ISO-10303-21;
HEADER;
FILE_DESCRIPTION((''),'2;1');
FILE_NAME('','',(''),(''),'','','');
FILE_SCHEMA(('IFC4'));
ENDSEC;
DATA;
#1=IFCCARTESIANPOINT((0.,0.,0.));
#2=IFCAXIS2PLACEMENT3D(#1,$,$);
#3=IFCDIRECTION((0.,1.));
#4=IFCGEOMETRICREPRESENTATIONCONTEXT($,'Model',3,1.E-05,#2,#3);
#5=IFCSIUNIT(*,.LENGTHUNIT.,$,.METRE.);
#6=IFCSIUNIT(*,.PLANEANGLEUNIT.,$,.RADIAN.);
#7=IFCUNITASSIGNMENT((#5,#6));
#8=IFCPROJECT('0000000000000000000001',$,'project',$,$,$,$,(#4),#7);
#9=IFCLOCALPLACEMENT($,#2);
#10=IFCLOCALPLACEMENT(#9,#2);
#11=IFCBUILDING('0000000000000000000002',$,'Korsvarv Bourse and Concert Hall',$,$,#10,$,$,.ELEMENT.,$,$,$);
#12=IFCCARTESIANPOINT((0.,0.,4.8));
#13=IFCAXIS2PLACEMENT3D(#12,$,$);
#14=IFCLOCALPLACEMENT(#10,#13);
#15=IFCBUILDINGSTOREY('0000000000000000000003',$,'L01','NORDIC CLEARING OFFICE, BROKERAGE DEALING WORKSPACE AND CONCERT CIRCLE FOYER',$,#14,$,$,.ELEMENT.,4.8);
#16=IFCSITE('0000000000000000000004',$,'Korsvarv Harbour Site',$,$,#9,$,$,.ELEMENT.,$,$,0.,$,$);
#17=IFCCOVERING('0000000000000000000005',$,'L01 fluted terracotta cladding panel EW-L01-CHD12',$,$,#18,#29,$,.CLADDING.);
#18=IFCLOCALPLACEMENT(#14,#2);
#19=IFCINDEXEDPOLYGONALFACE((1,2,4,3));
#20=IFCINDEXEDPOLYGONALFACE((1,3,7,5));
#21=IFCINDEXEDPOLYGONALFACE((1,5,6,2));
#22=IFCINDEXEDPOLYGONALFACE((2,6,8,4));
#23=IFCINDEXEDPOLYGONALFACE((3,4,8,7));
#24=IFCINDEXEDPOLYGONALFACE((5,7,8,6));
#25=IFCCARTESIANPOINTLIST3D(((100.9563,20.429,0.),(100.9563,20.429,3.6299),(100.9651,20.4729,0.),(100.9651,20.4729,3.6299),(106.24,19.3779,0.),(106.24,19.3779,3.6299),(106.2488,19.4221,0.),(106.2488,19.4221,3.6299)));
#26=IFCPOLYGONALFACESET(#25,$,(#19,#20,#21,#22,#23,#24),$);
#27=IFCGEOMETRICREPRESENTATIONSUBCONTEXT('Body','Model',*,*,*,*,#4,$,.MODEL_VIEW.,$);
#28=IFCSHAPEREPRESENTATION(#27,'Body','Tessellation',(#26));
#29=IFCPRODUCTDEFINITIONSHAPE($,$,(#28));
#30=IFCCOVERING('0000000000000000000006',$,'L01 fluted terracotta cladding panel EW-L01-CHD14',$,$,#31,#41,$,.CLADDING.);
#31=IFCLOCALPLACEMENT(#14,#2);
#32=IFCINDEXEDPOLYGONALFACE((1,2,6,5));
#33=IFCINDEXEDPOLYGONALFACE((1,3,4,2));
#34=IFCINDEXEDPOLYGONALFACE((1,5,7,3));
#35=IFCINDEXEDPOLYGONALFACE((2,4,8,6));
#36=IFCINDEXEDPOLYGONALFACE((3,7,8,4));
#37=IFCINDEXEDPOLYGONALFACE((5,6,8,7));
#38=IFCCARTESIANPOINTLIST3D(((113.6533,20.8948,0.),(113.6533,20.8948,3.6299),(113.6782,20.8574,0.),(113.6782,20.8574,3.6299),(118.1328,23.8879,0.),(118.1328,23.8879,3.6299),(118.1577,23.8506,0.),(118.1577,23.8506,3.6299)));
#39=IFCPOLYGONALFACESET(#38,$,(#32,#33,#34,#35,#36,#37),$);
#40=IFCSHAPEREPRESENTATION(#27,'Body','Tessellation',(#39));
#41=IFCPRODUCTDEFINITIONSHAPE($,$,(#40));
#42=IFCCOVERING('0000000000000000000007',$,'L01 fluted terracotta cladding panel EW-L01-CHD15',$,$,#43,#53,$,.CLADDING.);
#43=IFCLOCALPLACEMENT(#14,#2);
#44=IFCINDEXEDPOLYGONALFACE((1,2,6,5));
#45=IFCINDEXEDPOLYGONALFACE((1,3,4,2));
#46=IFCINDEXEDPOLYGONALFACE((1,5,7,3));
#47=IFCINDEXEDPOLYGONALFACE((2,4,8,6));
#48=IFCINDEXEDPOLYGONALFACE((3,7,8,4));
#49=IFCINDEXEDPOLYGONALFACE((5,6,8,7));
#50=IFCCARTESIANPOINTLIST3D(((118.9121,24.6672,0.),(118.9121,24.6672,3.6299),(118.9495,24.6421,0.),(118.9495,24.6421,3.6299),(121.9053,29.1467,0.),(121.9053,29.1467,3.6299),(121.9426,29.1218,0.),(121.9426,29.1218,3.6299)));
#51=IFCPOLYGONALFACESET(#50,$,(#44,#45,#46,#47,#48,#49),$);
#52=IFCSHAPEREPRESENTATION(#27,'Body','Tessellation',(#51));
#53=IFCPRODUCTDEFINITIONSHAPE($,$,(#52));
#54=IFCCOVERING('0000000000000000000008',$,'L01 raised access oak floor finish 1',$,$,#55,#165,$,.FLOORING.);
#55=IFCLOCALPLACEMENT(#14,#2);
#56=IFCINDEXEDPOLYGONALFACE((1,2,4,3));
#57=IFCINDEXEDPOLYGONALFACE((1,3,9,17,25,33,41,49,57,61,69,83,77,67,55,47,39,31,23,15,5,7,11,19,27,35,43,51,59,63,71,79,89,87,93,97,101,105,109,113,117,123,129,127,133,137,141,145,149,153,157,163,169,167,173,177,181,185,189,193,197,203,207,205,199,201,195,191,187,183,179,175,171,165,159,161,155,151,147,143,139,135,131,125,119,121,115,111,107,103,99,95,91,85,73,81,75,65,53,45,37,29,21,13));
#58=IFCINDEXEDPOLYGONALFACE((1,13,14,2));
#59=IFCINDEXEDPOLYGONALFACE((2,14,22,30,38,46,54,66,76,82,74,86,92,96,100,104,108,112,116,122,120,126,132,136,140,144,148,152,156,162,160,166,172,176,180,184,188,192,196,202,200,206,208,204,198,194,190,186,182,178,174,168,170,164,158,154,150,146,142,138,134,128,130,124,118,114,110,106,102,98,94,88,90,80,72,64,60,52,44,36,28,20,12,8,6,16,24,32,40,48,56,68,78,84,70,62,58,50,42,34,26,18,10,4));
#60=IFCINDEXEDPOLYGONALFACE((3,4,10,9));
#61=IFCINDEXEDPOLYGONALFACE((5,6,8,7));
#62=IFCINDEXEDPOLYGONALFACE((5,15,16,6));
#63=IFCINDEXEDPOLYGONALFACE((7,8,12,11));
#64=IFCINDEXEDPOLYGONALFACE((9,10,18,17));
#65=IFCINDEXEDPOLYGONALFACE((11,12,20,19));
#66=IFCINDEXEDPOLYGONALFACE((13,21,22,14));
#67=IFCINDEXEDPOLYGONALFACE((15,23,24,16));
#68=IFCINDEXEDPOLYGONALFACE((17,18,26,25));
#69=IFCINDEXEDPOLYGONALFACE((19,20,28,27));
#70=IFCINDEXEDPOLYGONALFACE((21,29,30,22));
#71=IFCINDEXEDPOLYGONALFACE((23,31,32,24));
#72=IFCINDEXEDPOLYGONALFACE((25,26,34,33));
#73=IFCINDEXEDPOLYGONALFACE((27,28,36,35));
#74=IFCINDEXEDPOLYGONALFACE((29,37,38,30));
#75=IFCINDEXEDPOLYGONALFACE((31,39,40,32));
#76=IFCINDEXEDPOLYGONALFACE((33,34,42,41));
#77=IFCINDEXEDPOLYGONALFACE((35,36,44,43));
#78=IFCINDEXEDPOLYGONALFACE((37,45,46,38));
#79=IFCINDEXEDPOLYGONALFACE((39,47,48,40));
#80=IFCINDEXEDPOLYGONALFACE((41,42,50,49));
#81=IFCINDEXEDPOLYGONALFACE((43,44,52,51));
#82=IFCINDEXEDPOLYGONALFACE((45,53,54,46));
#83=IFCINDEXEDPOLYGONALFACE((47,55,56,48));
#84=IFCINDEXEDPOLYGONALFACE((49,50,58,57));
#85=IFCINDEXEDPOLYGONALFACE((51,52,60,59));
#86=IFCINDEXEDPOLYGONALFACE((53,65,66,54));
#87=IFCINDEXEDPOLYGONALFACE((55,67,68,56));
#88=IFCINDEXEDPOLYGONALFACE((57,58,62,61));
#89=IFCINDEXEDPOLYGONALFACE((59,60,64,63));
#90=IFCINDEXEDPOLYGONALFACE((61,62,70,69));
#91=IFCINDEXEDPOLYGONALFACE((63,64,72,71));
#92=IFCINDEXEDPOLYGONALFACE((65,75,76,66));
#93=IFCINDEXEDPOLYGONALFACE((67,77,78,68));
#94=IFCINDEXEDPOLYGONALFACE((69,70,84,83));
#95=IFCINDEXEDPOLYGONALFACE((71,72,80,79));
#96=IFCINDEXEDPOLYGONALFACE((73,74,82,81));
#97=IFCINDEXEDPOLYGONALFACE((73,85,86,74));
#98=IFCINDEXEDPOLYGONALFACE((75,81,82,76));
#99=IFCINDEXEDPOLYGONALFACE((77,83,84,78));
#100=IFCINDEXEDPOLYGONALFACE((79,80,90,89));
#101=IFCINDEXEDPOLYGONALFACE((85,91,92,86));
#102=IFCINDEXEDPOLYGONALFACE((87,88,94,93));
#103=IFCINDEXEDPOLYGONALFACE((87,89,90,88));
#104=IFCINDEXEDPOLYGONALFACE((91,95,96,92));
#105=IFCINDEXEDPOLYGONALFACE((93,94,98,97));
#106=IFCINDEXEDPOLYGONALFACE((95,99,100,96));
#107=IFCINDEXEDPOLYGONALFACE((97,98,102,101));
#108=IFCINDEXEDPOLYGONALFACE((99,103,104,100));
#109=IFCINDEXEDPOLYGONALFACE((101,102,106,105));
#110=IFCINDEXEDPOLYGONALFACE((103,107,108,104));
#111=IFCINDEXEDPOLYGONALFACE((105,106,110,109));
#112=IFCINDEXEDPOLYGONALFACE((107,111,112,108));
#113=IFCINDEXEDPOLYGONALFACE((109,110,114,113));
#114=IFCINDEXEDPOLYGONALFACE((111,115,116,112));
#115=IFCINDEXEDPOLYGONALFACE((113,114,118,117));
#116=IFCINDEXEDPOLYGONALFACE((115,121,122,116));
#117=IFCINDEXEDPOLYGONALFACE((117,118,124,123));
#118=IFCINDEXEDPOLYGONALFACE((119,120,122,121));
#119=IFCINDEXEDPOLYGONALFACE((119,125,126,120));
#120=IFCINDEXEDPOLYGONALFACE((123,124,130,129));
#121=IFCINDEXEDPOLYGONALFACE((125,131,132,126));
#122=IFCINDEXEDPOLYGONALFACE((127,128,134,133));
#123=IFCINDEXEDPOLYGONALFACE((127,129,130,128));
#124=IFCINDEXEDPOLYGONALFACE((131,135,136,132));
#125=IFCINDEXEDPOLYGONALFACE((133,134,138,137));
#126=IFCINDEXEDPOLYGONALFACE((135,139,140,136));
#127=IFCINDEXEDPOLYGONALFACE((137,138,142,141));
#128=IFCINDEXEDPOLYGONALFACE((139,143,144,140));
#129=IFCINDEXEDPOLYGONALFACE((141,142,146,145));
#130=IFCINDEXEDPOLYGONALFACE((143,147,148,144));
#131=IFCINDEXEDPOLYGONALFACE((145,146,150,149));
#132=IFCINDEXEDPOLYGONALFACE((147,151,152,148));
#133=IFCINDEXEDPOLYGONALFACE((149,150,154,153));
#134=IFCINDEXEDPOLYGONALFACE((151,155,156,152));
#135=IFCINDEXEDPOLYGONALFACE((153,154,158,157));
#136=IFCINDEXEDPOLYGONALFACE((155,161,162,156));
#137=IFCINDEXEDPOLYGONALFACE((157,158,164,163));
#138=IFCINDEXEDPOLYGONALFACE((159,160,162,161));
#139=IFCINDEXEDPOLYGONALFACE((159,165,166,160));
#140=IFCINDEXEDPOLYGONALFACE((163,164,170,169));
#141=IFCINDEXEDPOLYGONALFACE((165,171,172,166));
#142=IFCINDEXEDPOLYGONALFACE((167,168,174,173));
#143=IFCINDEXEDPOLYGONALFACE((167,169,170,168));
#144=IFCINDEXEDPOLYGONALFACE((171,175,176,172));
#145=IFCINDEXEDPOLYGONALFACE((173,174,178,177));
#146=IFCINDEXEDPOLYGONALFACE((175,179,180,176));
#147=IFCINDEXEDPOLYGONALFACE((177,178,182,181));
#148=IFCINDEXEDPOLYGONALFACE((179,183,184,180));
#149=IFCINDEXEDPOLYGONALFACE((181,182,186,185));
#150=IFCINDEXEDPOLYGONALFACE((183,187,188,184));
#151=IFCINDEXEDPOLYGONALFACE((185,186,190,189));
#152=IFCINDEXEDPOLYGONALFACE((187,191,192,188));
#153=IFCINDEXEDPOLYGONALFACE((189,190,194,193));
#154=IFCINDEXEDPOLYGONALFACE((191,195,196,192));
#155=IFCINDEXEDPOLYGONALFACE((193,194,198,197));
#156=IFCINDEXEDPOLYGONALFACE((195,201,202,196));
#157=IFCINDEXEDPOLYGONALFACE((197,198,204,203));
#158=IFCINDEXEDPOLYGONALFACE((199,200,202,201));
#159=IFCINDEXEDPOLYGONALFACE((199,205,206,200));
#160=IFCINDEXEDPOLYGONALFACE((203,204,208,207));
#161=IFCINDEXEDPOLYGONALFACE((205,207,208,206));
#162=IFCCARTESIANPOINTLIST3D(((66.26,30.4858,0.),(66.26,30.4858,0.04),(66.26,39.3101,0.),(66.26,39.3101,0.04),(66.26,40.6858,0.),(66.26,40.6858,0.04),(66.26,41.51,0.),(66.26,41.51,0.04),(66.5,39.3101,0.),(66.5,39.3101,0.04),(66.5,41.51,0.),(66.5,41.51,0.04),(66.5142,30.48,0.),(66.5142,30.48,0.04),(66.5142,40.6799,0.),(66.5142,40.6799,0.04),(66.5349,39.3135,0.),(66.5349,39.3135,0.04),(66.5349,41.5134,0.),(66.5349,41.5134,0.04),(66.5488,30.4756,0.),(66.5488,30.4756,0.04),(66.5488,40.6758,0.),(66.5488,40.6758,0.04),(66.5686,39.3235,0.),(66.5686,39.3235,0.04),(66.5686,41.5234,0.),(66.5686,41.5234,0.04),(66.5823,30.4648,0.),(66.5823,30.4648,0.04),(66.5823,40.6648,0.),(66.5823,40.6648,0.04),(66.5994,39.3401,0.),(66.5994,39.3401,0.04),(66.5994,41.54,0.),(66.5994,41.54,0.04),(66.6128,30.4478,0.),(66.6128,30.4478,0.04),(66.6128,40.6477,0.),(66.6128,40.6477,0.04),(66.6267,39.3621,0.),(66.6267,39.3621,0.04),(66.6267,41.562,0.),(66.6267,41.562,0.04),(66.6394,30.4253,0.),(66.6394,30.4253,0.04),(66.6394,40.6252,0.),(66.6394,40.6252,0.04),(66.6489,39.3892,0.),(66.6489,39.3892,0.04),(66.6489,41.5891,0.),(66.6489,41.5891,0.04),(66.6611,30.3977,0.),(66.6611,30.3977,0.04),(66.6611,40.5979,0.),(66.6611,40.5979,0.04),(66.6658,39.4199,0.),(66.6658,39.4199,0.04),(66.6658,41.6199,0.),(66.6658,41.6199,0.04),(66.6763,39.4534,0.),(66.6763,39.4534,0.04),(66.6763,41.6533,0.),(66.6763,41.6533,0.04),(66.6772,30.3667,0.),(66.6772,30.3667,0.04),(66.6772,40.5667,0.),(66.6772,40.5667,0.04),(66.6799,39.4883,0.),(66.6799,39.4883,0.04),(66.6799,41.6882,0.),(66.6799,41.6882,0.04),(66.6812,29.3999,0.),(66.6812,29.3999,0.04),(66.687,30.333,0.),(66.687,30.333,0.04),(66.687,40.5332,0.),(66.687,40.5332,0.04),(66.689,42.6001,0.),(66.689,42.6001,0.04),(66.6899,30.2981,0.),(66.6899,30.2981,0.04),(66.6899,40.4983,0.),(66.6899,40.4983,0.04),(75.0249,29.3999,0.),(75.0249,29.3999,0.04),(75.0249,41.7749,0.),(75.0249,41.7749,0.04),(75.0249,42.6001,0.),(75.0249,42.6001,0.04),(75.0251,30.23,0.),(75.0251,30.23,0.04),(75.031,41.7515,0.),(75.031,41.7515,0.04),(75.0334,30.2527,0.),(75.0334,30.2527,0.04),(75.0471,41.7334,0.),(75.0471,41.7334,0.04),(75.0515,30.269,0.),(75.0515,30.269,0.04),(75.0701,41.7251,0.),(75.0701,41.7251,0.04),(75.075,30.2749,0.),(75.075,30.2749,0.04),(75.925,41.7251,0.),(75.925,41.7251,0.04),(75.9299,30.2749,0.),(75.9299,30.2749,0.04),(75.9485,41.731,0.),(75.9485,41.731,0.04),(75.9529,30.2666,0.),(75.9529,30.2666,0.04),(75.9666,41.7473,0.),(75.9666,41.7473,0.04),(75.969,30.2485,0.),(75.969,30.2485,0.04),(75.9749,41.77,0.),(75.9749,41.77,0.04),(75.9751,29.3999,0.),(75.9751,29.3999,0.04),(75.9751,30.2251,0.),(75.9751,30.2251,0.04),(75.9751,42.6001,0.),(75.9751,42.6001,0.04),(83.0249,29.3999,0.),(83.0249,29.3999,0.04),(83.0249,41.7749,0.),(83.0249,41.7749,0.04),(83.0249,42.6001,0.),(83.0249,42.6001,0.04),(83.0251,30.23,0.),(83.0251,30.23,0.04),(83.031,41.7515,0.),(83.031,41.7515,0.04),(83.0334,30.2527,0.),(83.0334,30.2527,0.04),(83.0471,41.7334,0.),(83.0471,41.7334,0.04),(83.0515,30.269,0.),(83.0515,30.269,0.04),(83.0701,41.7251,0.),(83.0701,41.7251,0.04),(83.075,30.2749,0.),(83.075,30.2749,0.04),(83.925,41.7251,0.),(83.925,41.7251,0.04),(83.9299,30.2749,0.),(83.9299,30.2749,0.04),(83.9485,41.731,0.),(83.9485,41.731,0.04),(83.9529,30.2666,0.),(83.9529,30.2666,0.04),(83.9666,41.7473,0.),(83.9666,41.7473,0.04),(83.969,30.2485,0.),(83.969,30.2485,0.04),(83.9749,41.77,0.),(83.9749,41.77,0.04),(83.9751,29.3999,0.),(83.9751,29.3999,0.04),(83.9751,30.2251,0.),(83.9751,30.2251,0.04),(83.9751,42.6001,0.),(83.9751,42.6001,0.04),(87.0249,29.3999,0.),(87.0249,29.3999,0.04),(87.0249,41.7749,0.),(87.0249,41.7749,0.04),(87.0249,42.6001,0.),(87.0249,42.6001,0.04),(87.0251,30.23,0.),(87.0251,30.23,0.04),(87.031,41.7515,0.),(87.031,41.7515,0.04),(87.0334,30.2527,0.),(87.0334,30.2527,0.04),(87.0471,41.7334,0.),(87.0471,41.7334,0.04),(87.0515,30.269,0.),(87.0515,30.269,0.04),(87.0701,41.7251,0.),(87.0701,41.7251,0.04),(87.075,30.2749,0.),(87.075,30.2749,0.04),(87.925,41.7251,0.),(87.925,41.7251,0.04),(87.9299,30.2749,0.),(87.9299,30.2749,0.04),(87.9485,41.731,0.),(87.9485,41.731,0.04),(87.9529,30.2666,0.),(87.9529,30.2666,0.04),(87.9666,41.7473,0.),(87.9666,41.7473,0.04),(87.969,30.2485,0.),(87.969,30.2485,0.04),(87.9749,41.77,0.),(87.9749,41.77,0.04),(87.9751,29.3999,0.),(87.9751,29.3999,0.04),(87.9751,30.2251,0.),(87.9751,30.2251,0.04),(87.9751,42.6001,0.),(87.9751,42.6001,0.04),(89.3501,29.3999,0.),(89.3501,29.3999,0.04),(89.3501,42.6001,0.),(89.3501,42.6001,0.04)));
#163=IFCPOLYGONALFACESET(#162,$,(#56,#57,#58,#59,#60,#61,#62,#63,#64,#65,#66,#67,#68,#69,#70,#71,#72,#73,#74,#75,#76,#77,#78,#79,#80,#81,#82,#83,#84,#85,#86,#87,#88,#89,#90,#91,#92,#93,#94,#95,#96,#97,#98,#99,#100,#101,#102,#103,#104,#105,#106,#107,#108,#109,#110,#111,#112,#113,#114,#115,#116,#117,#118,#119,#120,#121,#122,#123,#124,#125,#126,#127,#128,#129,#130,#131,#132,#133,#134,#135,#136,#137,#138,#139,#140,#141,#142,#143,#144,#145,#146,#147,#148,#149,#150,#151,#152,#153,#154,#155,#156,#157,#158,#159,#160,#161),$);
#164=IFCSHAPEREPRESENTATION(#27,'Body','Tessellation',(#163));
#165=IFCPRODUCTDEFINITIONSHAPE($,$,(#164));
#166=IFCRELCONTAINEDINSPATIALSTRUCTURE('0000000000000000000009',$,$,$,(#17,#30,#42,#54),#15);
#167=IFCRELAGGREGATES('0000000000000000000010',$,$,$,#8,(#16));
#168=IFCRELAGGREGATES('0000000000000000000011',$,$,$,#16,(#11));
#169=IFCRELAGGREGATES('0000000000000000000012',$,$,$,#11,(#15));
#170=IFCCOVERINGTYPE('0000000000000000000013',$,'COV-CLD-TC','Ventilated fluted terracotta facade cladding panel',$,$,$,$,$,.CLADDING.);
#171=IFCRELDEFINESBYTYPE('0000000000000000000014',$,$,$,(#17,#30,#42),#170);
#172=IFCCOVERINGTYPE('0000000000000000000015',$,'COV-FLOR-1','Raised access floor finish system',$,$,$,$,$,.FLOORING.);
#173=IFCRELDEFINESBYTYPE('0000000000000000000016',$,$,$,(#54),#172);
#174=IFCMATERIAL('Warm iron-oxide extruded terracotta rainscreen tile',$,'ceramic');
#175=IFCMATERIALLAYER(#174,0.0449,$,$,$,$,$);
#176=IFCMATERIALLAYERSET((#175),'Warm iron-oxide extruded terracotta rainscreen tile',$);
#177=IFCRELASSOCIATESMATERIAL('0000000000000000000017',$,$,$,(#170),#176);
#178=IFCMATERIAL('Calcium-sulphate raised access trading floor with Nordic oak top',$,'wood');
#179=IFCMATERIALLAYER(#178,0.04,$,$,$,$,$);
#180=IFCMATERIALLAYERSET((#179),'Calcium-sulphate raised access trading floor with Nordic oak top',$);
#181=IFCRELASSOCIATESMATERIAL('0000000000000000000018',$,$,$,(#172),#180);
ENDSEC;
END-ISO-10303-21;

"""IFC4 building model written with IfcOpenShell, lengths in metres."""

from ifc_helpers import new_model, si_unit, direction, frame, origin, place, context, subcontext, project, spatial, polyline, outline, extrude, material, layer, layer_set, type_object, element, save


model = new_model("IFC4")

# Units and contexts
model_context = context("Model", 3, precision=1e-05, world=origin(), true_north=direction((0.0, 1.0)))
body_context = subcontext(model_context, "Body", "Model", "MODEL_VIEW")
ifc_project = project(units=[si_unit("LENGTHUNIT", "METRE"), si_unit("PLANEANGLEUNIT", "RADIAN")], contexts=[model_context])

# Site, building, storey
site_placement = place(None, origin())
site = spatial("IfcSite", under=ifc_project, at=site_placement, Name="Korsvarv Harbour Site", CompositionType="ELEMENT", RefElevation=0.0)
building_placement = place(site_placement, origin())
building = spatial("IfcBuilding", under=site, at=building_placement, Name="Korsvarv Bourse and Concert Hall", CompositionType="ELEMENT")
storey_placement = place(building_placement, frame((0.0, 0.0, 4.8)))
storey = spatial("IfcBuildingStorey", under=building, at=storey_placement, Name="L01", Description="NORDIC CLEARING OFFICE, BROKERAGE DEALING WORKSPACE AND CONCERT CIRCLE FOYER", CompositionType="ELEMENT", Elevation=4.8)

# Coverings
ifc_material_1 = material(Name="Warm iron-oxide extruded terracotta rainscreen tile", Category="ceramic")
ifc_layer_1 = layer(ifc_material_1, 0.0449)
ifc_layer_set_1 = layer_set([ifc_layer_1], Name="Warm iron-oxide extruded terracotta rainscreen tile")
covering_type_1 = type_object("IfcCoveringType", Name="COV-CLD-TC", Description="Ventilated fluted terracotta facade cladding panel", PredefinedType="CLADDING", material=ifc_layer_set_1)
covering_1_placement = place(storey_placement, origin())
element("IfcCovering", 1, at=covering_1_placement, inside=storey, type_object=covering_type_1, Name="L01 fluted terracotta cladding panel EW-L01-CHD12", PredefinedType="CLADDING", context=body_context, shape_type="SweptSolid", body=[
    extrude(outline(polyline([(100.9651, 20.4729), (106.2488, 19.4221), (106.24, 19.3779), (100.9563, 20.429), (100.9651, 20.4729)])), origin(), (0.0, 0.0, 1.0), 3.6299),
])
covering_2_placement = place(storey_placement, origin())
element("IfcCovering", 2, at=covering_2_placement, inside=storey, type_object=covering_type_1, Name="L01 fluted terracotta cladding panel EW-L01-CHD14", PredefinedType="CLADDING", context=body_context, shape_type="SweptSolid", body=[
    extrude(outline(polyline([(113.6533, 20.8948), (118.1328, 23.8879), (118.1577, 23.8506), (113.6782, 20.8574), (113.6533, 20.8948)])), origin(), (0.0, 0.0, 1.0), 3.6299),
])
covering_3_placement = place(storey_placement, origin())
element("IfcCovering", 3, at=covering_3_placement, inside=storey, type_object=covering_type_1, Name="L01 fluted terracotta cladding panel EW-L01-CHD15", PredefinedType="CLADDING", context=body_context, shape_type="SweptSolid", body=[
    extrude(outline(polyline([(118.9121, 24.6672), (121.9053, 29.1467), (121.9426, 29.1218), (118.9495, 24.6421), (118.9121, 24.6672)])), origin(), (0.0, 0.0, 1.0), 3.6299),
])
ifc_material_2 = material(Name="Calcium-sulphate raised access trading floor with Nordic oak top", Category="wood")
ifc_layer_2 = layer(ifc_material_2, 0.04)
ifc_layer_set_2 = layer_set([ifc_layer_2], Name="Calcium-sulphate raised access trading floor with Nordic oak top")
covering_type_2 = type_object("IfcCoveringType", Name="COV-FLOR-1", Description="Raised access floor finish system", PredefinedType="FLOORING", material=ifc_layer_set_2)
covering_4_placement = place(storey_placement, origin())
element("IfcCovering", 4, at=covering_4_placement, inside=storey, type_object=covering_type_2, Name="L01 raised access oak floor finish 1", PredefinedType="FLOORING", context=body_context, shape_type="SweptSolid", body=[
    extrude(outline(polyline([(66.6899, 30.2981), (66.687, 30.333), (66.6772, 30.3667), (66.6611, 30.3977), (66.6394, 30.4253), (66.6128, 30.4478), (66.5823, 30.4648), (66.5488, 30.4756), (66.5142, 30.48), (66.26, 30.4858), (66.26, 39.3101), (66.5, 39.3101), (66.5349, 39.3135), (66.5686, 39.3235), (66.5994, 39.3401), (66.6267, 39.3621), (66.6489, 39.3892), (66.6658, 39.4199), (66.6763, 39.4534), (66.6799, 39.4883), (66.6899, 40.4983), (66.687, 40.5332), (66.6772, 40.5667), (66.6611, 40.5979), (66.6394, 40.6252), (66.6128, 40.6477), (66.5823, 40.6648), (66.5488, 40.6758), (66.5142, 40.6799), (66.26, 40.6858), (66.26, 41.51), (66.5, 41.51), (66.5349, 41.5134), (66.5686, 41.5234), (66.5994, 41.54), (66.6267, 41.562), (66.6489, 41.5891), (66.6658, 41.6199), (66.6763, 41.6533), (66.6799, 41.6882), (66.689, 42.6001), (75.0249, 42.6001), (75.0249, 41.7749), (75.031, 41.7515), (75.0471, 41.7334), (75.0701, 41.7251), (75.925, 41.7251), (75.9485, 41.731), (75.9666, 41.7473), (75.9749, 41.77), (75.9751, 42.6001), (83.0249, 42.6001), (83.0249, 41.7749), (83.031, 41.7515), (83.0471, 41.7334), (83.0701, 41.7251), (83.925, 41.7251), (83.9485, 41.731), (83.9666, 41.7473), (83.9749, 41.77), (83.9751, 42.6001), (87.0249, 42.6001), (87.0249, 41.7749), (87.031, 41.7515), (87.0471, 41.7334), (87.0701, 41.7251), (87.925, 41.7251), (87.9485, 41.731), (87.9666, 41.7473), (87.9749, 41.77), (87.9751, 42.6001), (89.3501, 42.6001), (89.3501, 29.3999), (87.9751, 29.3999), (87.9751, 30.2251), (87.969, 30.2485), (87.9529, 30.2666), (87.9299, 30.2749), (87.075, 30.2749), (87.0515, 30.269), (87.0334, 30.2527), (87.0251, 30.23), (87.0249, 29.3999), (83.9751, 29.3999), (83.9751, 30.2251), (83.969, 30.2485), (83.9529, 30.2666), (83.9299, 30.2749), (83.075, 30.2749), (83.0515, 30.269), (83.0334, 30.2527), (83.0251, 30.23), (83.0249, 29.3999), (75.9751, 29.3999), (75.9751, 30.2251), (75.969, 30.2485), (75.9529, 30.2666), (75.9299, 30.2749), (75.075, 30.2749), (75.0515, 30.269), (75.0334, 30.2527), (75.0251, 30.23), (75.0249, 29.3999), (66.6812, 29.3999), (66.6899, 30.2981)])), origin(), (0.0, 0.0, 1.0), 0.04),
])

save(model, "model.ifc")
